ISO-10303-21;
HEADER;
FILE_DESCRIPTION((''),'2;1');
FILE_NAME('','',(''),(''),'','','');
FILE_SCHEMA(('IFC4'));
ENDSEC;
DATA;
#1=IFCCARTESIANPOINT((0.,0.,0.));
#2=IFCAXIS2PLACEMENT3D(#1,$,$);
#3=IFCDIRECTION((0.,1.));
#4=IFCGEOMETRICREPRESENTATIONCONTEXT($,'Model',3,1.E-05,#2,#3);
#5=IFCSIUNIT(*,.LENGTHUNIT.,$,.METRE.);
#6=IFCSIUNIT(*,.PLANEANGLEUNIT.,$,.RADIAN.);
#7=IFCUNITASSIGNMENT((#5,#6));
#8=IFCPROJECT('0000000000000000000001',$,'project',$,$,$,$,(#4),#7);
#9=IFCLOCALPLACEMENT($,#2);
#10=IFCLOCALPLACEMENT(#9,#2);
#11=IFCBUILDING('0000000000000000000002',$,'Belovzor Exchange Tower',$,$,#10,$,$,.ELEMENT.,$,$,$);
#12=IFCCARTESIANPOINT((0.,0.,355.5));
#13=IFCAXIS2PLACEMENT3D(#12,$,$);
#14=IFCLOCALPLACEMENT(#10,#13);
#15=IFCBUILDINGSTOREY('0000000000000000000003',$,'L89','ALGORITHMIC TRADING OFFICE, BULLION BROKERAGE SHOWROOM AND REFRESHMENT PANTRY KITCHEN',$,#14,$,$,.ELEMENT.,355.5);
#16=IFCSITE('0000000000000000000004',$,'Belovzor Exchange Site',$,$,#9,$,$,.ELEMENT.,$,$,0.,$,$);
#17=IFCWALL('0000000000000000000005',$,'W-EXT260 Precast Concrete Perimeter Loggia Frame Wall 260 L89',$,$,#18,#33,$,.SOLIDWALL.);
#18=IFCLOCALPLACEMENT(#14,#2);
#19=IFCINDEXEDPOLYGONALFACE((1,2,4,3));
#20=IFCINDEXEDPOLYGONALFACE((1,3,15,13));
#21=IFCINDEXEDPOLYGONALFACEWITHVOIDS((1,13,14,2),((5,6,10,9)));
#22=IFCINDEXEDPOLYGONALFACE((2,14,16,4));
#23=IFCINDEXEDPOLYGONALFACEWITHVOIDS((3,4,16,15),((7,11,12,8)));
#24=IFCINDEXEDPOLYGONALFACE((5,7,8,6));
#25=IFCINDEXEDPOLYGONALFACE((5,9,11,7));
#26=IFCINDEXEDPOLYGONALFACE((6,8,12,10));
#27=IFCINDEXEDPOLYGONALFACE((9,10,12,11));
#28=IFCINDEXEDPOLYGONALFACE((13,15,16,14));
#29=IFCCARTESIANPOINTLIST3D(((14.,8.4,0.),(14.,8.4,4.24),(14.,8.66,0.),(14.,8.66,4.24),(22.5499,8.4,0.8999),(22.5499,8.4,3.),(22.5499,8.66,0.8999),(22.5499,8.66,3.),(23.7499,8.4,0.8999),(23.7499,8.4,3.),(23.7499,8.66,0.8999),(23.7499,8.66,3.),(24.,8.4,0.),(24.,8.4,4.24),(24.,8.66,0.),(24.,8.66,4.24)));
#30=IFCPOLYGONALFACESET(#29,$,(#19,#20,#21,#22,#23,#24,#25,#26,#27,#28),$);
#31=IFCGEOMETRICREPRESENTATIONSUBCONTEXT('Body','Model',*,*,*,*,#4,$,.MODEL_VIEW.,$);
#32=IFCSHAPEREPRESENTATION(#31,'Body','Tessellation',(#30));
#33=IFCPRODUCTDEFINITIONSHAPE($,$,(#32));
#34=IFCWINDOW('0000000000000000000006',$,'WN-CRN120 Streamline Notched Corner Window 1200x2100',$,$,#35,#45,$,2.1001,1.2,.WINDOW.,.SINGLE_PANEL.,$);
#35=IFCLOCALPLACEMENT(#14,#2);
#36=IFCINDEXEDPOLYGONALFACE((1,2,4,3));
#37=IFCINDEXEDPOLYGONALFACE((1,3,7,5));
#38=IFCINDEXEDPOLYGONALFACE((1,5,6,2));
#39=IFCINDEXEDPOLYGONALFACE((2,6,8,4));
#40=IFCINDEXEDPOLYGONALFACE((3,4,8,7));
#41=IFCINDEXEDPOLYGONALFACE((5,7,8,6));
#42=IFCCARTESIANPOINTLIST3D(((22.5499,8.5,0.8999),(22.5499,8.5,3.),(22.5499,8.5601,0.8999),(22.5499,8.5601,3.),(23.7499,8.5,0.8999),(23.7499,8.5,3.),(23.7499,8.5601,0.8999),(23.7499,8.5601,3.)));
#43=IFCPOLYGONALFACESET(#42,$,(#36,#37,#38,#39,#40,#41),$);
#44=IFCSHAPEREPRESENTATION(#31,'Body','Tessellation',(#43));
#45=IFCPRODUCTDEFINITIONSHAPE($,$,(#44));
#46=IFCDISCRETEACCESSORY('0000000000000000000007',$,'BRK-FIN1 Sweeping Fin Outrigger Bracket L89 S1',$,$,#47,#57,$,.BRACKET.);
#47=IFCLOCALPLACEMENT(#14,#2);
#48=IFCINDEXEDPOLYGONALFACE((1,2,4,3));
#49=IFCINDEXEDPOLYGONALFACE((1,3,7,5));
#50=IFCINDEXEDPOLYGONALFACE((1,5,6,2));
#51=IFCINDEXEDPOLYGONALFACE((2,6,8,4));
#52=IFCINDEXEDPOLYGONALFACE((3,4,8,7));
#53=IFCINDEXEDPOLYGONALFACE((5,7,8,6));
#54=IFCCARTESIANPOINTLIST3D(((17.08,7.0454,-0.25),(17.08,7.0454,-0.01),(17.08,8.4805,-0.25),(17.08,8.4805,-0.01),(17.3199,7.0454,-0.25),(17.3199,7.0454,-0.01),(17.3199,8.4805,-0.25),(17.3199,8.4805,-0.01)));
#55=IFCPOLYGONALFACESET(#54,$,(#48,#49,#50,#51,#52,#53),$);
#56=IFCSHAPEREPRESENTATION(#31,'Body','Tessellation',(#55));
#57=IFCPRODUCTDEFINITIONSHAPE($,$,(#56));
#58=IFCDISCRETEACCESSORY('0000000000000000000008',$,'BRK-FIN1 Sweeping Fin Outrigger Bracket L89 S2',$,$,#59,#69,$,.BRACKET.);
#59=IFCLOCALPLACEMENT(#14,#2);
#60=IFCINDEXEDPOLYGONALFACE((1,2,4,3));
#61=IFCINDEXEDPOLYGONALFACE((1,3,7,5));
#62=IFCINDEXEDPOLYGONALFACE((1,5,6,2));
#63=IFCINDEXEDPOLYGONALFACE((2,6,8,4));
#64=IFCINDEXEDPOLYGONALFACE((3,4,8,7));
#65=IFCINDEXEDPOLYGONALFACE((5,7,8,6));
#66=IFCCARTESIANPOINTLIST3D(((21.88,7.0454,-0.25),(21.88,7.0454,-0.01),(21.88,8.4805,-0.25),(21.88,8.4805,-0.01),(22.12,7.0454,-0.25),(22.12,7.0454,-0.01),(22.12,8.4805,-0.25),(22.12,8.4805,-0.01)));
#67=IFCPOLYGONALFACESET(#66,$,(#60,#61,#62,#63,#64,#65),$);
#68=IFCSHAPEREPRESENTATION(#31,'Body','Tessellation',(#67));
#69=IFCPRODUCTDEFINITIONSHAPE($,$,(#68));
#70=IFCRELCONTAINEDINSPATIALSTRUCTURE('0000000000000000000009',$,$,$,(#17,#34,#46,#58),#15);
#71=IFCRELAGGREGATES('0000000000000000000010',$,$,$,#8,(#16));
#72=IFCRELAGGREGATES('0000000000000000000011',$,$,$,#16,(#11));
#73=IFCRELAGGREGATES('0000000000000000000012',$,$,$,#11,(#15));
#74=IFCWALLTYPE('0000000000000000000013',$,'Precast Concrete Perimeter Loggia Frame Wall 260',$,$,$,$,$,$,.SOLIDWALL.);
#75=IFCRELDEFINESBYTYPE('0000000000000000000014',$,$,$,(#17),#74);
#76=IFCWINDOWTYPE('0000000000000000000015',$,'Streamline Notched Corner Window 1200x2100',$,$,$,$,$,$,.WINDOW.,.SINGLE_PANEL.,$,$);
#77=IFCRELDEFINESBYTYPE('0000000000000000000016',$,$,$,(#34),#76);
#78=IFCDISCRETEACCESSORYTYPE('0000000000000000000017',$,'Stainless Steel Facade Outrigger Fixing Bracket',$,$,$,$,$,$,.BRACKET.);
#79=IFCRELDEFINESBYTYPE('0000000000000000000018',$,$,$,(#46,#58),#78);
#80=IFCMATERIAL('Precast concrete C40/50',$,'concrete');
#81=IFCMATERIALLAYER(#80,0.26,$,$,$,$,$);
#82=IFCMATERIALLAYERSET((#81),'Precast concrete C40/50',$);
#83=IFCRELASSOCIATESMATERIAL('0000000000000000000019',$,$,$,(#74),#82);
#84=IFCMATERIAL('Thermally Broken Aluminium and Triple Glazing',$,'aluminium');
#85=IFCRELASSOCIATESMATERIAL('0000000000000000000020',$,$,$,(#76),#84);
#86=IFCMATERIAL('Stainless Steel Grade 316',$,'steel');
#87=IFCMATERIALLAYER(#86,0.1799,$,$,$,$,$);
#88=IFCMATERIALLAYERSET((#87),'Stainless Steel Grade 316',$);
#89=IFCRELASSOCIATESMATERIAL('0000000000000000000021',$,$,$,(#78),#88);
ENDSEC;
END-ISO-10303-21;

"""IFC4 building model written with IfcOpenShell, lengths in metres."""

from ifc_helpers import new_model, si_unit, direction, frame, frame_2d, origin, origin_2d, place, context, subcontext, project, spatial, rectangle, extrude, material, layer, layer_set, type_object, element, fill, save


model = new_model("IFC4")

# Units and contexts
model_context = context("Model", 3, precision=1e-05, world=origin(), true_north=direction((0.0, 1.0)))
body_context = subcontext(model_context, "Body", "Model", "MODEL_VIEW")
ifc_project = project(units=[si_unit("LENGTHUNIT", "METRE"), si_unit("PLANEANGLEUNIT", "RADIAN")], contexts=[model_context])

# Site, building, storey
site_placement = place(None, origin())
site = spatial("IfcSite", under=ifc_project, at=site_placement, Name="Belovzor Exchange Site", CompositionType="ELEMENT", RefElevation=0.0)
building_placement = place(site_placement, origin())
building = spatial("IfcBuilding", under=site, at=building_placement, Name="Belovzor Exchange Tower", CompositionType="ELEMENT")
storey_placement = place(building_placement, frame((0.0, 0.0, 355.5)))
storey = spatial("IfcBuildingStorey", under=building, at=storey_placement, Name="L89", Description="ALGORITHMIC TRADING OFFICE, BULLION BROKERAGE SHOWROOM AND REFRESHMENT PANTRY KITCHEN", CompositionType="ELEMENT", Elevation=355.5)

# Wall, opening, window
ifc_material_1 = material(Name="Precast concrete C40/50", Category="concrete")
ifc_layer_1 = layer(ifc_material_1, 0.26)
ifc_layer_set_1 = layer_set([ifc_layer_1], Name="Precast concrete C40/50")
wall_type_1 = type_object("IfcWallType", Name="Precast Concrete Perimeter Loggia Frame Wall 260", PredefinedType="SOLIDWALL", material=ifc_layer_set_1)
wall_1_placement = place(storey_placement, frame((24.0, 8.53, 0.0), z_axis=(0.0, 0.0, 1.0), x_axis=(-1.0, 0.0, 0.0)))
wall_1 = element("IfcWall", 1, at=wall_1_placement, inside=storey, type_object=wall_type_1, Name="W-EXT260 Precast Concrete Perimeter Loggia Frame Wall 260 L89", PredefinedType="SOLIDWALL", context=body_context, shape_type="SweptSolid", body=[
    extrude(rectangle(XDim=10.0, YDim=0.26, at=frame_2d((5.0, 0.0))), origin(), (0.0, 0.0, 1.0), 4.24),
])
opening_1_placement = place(wall_1_placement, frame((0.25, 0.0, 0.8999)))
opening_1 = element("IfcOpeningElement", 2, at=opening_1_placement, cuts=wall_1, PredefinedType="OPENING", context=body_context, shape_type="SweptSolid", body=[
    extrude(rectangle(XDim=1.2, YDim=2.1001, at=frame_2d((0.6001, 1.05))), frame((0.0, 0.1399, 0.0), z_axis=(0.0, -1.0, 0.0), x_axis=(1.0, 0.0, 0.0)), (0.0, 0.0, 1.0), 0.28),
])
ifc_material_2 = material(Name="Thermally Broken Aluminium and Triple Glazing", Category="aluminium")
window_type = type_object("IfcWindowType", Name="Streamline Notched Corner Window 1200x2100", PartitioningType="SINGLE_PANEL", PredefinedType="WINDOW", material=ifc_material_2)
window_placement = place(opening_1_placement, origin())
window = element("IfcWindow", 3, at=window_placement, inside=storey, type_object=window_type, Name="WN-CRN120 Streamline Notched Corner Window 1200x2100", OverallHeight=2.1001, OverallWidth=1.2, PartitioningType="SINGLE_PANEL", PredefinedType="WINDOW", context=body_context, shape_type="SweptSolid", body=[
    extrude(rectangle(XDim=1.2, YDim=2.1001, at=frame_2d((0.6001, 1.05))), frame((0.0, 0.03, 0.0), z_axis=(0.0, -1.0, 0.0), x_axis=(1.0, 0.0, 0.0)), (0.0, 0.0, 1.0), 0.0601),
])
fill(opening_1, window)

# Discrete accessories
ifc_material_3 = material(Name="Stainless Steel Grade 316", Category="steel")
ifc_layer_2 = layer(ifc_material_3, 0.1799)
ifc_layer_set_2 = layer_set([ifc_layer_2], Name="Stainless Steel Grade 316")
discrete_accessory_type = type_object("IfcDiscreteAccessoryType", Name="Stainless Steel Facade Outrigger Fixing Bracket", PredefinedType="BRACKET", material=ifc_layer_set_2)
for number, where, z_axis, x_axis, name in (
    (4, (17.2, 7.7629, -0.25), (0.0, 0.0, 1.0), (0.0, 1.0, 0.0), "BRK-FIN1 Sweeping Fin Outrigger Bracket L89 S1"),
    (5, (22.0, 7.7629, -0.25), (0.0, 0.0, 1.0), (0.0, 1.0, 0.0), "BRK-FIN1 Sweeping Fin Outrigger Bracket L89 S2"),
):
    element("IfcDiscreteAccessory", number, at=place(storey_placement, frame(where, z_axis=z_axis, x_axis=x_axis)), inside=storey, type_object=discrete_accessory_type, Name=name, PredefinedType="BRACKET", context=body_context, shape_type="SweptSolid", body=[
        extrude(rectangle(XDim=1.4351, YDim=0.24, at=origin_2d()), origin(), (0.0, 0.0, 1.0), 0.24),
    ])

save(model, "model.ifc")
